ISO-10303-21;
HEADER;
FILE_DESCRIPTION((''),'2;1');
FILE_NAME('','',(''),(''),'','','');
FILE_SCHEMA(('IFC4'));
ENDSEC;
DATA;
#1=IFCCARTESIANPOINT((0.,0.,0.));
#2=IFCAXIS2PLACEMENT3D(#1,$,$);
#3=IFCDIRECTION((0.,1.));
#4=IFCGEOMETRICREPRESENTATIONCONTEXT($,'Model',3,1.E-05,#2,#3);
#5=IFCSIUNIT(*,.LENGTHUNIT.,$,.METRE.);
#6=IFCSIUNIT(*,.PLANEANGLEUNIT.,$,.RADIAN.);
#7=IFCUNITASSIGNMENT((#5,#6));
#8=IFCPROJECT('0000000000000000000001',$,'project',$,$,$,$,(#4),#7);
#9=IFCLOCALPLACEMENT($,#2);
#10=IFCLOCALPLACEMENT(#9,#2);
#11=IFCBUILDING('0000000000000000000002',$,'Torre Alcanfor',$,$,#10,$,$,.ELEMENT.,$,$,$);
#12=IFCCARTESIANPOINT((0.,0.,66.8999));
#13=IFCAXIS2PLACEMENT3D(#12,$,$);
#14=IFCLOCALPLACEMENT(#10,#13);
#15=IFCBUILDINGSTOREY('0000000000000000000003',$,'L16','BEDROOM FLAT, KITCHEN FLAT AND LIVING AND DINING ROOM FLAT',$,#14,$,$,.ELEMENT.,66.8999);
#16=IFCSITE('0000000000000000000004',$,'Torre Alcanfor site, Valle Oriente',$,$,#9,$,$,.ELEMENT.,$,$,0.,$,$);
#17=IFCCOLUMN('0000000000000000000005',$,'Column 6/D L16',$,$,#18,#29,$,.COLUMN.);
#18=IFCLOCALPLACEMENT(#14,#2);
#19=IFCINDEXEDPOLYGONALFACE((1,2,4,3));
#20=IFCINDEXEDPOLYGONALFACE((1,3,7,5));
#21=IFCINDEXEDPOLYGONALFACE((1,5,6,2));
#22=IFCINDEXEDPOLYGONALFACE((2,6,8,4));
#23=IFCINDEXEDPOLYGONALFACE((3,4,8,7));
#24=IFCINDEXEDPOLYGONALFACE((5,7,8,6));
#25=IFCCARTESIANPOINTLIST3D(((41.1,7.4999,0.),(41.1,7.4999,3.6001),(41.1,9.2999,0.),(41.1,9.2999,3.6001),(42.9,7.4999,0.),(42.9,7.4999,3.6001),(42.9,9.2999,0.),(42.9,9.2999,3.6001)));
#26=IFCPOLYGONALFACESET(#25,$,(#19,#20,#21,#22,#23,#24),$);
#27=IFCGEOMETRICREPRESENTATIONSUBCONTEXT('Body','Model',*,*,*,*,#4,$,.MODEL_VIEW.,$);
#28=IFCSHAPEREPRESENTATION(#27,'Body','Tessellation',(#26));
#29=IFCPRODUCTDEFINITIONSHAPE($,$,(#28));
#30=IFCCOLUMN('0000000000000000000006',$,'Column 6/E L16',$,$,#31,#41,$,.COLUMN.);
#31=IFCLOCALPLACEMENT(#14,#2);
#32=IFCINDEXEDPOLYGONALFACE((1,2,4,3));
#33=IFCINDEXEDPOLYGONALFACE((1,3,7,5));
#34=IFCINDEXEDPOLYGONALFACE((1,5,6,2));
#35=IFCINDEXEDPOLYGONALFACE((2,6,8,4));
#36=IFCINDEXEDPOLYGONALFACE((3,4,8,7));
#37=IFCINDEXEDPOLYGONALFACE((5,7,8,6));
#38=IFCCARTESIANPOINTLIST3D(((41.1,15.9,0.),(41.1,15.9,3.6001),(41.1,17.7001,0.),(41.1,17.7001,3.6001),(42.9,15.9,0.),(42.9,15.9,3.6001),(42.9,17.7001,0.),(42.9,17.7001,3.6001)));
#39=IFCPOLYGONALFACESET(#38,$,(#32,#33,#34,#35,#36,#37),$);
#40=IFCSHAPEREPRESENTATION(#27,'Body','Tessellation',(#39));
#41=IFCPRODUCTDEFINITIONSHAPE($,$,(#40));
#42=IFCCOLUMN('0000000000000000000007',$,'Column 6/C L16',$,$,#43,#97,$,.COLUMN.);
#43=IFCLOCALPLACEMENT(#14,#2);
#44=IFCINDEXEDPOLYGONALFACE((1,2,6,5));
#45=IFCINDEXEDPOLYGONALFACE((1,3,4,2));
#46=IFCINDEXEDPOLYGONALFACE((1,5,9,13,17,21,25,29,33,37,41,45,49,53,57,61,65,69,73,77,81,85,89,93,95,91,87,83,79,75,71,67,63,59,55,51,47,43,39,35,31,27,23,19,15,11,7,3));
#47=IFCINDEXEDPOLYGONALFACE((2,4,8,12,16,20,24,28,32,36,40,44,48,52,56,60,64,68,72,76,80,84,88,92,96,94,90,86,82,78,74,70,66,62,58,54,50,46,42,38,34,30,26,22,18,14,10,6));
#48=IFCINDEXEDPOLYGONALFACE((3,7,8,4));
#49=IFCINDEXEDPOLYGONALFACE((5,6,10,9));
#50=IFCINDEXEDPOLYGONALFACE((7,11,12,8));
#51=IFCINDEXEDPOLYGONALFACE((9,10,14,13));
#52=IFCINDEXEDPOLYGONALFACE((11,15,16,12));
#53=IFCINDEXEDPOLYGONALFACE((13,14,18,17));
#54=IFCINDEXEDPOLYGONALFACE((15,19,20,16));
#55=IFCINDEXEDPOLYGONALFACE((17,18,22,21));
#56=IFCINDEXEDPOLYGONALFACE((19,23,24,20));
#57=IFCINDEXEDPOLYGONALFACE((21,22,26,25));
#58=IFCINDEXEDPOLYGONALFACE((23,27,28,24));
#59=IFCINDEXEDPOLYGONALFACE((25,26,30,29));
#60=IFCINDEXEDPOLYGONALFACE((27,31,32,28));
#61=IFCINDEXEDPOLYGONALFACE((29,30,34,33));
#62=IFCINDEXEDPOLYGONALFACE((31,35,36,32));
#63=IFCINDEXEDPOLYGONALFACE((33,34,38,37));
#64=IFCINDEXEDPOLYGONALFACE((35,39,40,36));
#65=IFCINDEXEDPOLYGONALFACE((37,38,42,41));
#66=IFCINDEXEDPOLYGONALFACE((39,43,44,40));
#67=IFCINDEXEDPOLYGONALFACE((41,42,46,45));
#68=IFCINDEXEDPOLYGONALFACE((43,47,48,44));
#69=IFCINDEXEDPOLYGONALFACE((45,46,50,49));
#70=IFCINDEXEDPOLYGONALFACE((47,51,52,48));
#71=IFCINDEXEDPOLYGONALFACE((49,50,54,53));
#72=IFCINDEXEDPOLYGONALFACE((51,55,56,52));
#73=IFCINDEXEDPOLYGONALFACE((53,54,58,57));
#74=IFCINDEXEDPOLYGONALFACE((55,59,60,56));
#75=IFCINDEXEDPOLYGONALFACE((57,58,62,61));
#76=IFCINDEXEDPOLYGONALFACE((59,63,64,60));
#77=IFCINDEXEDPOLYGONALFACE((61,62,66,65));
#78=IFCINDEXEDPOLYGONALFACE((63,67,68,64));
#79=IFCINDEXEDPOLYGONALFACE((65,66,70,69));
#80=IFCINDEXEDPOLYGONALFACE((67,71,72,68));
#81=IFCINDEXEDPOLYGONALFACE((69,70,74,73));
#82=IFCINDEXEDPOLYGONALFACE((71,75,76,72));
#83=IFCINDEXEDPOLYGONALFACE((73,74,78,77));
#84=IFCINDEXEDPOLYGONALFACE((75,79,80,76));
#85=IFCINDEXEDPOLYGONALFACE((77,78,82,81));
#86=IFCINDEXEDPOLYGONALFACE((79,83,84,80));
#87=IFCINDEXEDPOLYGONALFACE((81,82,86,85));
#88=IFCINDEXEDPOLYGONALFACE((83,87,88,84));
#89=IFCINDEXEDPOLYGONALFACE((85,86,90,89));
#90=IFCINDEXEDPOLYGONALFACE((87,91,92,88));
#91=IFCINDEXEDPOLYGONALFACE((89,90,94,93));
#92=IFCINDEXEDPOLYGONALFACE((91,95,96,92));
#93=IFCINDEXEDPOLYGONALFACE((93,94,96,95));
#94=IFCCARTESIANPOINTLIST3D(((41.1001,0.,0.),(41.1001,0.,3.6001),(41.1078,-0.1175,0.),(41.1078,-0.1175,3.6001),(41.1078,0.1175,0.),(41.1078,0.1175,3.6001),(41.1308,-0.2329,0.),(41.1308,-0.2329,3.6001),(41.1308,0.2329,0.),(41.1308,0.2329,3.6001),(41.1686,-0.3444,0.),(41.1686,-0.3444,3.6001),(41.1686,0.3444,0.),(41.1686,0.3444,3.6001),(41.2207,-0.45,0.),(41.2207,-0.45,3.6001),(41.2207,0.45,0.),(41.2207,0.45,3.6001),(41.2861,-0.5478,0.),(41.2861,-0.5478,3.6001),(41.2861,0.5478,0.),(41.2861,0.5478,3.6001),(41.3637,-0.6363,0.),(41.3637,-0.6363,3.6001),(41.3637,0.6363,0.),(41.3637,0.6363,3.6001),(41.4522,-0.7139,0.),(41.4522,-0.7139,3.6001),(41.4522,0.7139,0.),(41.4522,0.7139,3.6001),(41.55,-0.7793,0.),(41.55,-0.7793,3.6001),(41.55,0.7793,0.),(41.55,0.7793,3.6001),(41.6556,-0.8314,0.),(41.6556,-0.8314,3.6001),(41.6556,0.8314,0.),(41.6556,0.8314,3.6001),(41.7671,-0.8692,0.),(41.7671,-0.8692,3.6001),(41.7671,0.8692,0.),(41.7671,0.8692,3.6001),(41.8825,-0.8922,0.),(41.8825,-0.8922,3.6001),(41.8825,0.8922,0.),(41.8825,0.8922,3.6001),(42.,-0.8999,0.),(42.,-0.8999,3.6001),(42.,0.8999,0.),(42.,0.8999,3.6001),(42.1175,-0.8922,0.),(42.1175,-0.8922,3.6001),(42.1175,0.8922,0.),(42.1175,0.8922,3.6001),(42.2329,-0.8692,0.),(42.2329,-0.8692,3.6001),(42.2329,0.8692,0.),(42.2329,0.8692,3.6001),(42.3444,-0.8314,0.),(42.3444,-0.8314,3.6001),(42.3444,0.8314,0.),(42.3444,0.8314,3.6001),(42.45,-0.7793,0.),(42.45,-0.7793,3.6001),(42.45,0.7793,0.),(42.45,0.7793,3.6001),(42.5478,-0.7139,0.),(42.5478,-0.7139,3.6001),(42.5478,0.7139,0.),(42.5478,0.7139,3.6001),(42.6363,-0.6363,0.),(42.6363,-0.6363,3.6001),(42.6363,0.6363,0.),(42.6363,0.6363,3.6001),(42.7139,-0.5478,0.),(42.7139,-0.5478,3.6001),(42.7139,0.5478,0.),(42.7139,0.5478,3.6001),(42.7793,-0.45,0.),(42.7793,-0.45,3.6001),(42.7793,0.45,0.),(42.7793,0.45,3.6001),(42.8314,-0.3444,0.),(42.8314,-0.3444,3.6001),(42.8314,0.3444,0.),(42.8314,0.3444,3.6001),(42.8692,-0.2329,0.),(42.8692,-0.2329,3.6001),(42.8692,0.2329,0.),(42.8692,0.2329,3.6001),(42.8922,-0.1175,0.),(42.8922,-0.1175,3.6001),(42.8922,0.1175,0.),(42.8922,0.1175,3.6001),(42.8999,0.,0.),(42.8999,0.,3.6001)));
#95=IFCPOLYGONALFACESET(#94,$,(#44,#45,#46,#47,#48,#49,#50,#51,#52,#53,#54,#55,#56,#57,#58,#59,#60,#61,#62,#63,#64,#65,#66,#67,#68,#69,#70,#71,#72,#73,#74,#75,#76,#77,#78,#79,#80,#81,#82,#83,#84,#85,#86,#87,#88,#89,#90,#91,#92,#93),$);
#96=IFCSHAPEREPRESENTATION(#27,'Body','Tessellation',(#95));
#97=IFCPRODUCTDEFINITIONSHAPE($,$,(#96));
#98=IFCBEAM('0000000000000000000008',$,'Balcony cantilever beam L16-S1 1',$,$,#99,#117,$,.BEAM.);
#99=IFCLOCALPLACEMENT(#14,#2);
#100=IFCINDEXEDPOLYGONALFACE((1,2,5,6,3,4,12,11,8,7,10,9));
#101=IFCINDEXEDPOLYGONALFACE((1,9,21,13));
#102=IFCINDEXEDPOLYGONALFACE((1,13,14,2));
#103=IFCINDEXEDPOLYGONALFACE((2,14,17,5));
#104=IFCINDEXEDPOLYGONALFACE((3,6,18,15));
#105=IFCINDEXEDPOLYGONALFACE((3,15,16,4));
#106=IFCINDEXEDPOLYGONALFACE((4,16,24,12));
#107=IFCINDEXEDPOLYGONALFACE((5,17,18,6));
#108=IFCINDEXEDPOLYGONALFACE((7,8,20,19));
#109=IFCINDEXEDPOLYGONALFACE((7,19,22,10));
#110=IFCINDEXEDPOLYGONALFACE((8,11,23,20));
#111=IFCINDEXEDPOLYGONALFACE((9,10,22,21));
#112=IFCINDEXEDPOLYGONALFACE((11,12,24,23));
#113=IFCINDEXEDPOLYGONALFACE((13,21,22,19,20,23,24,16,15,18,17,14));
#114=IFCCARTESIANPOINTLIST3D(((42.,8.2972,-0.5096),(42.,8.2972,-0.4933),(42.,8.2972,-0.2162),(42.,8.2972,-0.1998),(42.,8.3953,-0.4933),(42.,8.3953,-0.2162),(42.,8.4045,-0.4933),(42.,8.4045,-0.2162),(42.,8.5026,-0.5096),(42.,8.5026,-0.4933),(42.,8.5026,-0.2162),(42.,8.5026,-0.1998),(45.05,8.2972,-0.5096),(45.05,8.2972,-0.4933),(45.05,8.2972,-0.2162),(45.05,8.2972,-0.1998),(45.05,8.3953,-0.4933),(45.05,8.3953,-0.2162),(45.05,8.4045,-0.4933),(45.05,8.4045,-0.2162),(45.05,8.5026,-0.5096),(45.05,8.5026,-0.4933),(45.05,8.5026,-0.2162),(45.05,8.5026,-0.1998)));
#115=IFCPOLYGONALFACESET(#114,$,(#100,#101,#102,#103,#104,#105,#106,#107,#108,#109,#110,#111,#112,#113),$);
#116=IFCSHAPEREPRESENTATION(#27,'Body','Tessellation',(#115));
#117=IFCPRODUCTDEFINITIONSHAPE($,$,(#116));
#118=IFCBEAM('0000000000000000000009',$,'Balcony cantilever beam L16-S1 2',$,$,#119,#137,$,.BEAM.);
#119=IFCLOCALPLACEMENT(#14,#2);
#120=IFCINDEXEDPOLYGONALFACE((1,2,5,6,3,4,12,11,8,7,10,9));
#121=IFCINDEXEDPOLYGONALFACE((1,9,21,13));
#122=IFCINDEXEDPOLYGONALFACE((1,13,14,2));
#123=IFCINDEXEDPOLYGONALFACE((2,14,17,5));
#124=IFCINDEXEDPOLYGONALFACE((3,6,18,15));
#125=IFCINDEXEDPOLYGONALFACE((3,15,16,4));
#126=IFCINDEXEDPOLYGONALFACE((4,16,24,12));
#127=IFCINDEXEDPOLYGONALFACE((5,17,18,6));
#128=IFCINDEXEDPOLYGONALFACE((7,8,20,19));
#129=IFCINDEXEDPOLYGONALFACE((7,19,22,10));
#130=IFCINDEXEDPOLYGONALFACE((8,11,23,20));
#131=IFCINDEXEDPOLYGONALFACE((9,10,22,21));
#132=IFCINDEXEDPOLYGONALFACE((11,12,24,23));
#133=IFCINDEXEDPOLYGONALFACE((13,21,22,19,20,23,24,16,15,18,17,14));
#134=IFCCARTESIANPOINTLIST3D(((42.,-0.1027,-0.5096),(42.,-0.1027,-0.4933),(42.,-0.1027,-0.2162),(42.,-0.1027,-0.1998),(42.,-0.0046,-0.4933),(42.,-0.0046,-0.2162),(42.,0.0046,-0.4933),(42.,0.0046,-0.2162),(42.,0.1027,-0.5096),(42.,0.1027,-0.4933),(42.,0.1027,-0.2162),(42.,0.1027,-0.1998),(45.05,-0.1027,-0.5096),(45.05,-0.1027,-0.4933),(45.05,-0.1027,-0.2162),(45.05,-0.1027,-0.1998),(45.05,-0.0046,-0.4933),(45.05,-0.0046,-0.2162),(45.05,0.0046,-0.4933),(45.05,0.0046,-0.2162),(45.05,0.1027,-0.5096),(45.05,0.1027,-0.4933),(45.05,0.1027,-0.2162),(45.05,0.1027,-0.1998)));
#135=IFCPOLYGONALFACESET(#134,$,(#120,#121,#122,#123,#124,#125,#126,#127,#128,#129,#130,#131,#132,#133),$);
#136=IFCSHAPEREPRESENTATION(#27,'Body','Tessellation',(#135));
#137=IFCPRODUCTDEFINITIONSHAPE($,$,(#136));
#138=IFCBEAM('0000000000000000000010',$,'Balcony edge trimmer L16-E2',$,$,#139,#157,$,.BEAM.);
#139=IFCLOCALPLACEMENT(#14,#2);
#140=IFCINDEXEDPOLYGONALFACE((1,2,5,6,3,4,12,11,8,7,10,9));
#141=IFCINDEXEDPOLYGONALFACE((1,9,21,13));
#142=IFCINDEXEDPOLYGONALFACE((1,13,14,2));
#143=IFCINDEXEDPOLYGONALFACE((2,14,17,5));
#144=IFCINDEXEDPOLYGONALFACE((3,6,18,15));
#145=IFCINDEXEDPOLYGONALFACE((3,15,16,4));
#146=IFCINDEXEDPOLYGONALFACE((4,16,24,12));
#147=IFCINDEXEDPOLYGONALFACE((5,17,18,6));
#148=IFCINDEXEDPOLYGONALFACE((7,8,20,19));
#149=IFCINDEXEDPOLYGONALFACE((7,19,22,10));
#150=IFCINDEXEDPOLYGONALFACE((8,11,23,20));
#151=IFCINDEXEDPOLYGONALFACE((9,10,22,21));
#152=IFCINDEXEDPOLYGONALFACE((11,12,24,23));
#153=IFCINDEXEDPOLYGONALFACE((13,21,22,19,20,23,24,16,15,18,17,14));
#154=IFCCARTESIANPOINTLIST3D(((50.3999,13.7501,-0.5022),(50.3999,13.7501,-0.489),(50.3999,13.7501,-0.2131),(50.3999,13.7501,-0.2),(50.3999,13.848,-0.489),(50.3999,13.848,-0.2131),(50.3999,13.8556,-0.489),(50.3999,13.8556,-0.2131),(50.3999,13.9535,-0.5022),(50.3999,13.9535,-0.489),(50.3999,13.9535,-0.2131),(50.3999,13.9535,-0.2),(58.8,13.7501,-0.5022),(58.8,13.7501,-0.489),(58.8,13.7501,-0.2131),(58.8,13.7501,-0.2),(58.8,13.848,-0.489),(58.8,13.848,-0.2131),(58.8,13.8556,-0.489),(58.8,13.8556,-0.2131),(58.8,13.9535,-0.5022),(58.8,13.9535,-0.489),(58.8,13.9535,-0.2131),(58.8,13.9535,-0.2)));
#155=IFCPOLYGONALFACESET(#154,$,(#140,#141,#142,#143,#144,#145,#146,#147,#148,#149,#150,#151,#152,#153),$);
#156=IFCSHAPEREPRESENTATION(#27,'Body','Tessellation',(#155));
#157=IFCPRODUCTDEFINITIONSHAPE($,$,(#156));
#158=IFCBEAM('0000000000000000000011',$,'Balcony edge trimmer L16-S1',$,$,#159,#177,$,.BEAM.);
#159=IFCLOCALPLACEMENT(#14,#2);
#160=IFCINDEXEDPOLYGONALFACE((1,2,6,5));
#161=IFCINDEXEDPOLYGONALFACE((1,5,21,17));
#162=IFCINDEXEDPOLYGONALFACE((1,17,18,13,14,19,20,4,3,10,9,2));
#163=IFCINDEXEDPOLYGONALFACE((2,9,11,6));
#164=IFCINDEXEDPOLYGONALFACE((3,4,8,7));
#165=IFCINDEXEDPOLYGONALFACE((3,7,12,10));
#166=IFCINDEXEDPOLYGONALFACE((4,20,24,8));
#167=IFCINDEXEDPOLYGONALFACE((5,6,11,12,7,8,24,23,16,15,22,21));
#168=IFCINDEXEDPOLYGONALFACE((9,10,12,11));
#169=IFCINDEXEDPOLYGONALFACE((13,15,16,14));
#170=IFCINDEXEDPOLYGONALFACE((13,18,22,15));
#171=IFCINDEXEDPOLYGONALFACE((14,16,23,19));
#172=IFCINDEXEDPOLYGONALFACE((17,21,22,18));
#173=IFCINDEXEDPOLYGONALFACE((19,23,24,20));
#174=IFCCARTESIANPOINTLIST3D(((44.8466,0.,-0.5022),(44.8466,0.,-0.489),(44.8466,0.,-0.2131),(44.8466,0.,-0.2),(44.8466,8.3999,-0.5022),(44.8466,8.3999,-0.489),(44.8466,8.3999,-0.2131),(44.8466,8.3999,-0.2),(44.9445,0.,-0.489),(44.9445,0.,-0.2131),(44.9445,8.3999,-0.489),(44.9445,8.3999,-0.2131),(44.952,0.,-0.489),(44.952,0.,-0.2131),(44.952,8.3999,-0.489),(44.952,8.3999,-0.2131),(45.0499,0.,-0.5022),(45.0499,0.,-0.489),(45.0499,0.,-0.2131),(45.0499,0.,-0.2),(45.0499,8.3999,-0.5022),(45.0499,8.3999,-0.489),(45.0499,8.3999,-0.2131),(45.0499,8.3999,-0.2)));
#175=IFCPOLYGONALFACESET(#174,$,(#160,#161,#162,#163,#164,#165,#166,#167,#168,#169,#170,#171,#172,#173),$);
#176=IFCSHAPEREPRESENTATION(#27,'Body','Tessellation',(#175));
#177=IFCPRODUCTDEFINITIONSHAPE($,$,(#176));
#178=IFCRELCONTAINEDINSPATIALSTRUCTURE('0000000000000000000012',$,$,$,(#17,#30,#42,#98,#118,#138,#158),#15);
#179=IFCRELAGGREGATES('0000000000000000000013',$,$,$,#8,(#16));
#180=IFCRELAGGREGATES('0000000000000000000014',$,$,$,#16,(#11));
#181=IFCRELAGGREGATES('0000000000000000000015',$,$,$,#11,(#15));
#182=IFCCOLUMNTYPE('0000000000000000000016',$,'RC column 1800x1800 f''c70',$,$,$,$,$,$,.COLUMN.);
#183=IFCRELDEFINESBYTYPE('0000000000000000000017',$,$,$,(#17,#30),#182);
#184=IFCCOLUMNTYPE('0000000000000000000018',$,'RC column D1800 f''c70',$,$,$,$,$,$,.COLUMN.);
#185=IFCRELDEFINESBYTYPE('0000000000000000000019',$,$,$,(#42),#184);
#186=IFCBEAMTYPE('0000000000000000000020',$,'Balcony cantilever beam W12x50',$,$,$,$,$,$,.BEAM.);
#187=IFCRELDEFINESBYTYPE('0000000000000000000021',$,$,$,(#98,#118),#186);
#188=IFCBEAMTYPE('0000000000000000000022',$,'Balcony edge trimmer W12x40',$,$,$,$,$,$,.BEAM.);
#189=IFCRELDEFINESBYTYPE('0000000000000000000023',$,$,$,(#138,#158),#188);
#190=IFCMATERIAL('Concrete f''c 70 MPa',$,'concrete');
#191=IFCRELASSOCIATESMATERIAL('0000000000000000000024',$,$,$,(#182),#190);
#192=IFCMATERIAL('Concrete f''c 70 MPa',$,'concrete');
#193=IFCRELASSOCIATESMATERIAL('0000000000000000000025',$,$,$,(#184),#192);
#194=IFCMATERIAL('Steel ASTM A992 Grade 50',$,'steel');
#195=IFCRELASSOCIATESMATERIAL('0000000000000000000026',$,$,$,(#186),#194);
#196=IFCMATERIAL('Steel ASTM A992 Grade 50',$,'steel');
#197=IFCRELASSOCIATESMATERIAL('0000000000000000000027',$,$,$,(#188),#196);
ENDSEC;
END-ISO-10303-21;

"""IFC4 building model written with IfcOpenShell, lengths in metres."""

from ifc_helpers import new_model, si_unit, direction, frame, origin, origin_2d, place, context, subcontext, project, spatial, rectangle, circle, i_section, extrude, material, material_profile, profile_set, type_object, element, save


model = new_model("IFC4")

# Units and contexts
model_context = context("Model", 3, precision=1e-05, world=origin(), true_north=direction((0.0, 1.0)))
body_context = subcontext(model_context, "Body", "Model", "MODEL_VIEW")
ifc_project = project(units=[si_unit("LENGTHUNIT", "METRE"), si_unit("PLANEANGLEUNIT", "RADIAN")], contexts=[model_context])

# Site, building, storey
site_placement = place(None, origin())
site = spatial("IfcSite", under=ifc_project, at=site_placement, Name="Torre Alcanfor site, Valle Oriente", CompositionType="ELEMENT", RefElevation=0.0)
building_placement = place(site_placement, origin())
building = spatial("IfcBuilding", under=site, at=building_placement, Name="Torre Alcanfor", CompositionType="ELEMENT")
storey_placement = place(building_placement, frame((0.0, 0.0, 66.8999)))
storey = spatial("IfcBuildingStorey", under=building, at=storey_placement, Name="L16", Description="BEDROOM FLAT, KITCHEN FLAT AND LIVING AND DINING ROOM FLAT", CompositionType="ELEMENT", Elevation=66.8999)

# Columns
ifc_material_1 = material(Name="Concrete f'c 70 MPa", Category="concrete")
ifc_material_profile_1 = material_profile(ifc_material_1, rectangle(XDim=1.8, YDim=1.8, at=origin_2d()), Name="1800x1800")
ifc_profile_set_1 = profile_set([ifc_material_profile_1], Name="Concrete f'c 70 MPa")
column_type_1 = type_object("IfcColumnType", Name="RC column 1800x1800 f'c70", PredefinedType="COLUMN", material=ifc_profile_set_1)
for number, where, z_axis, x_axis, name in (
    (1, (42.0, 8.3999, 0.0), (0.0, 0.0, 1.0), (1.0, 0.0, 0.0), "Column 6/D L16"),
    (2, (42.0, 16.8, 0.0), (0.0, 0.0, 1.0), (1.0, 0.0, 0.0), "Column 6/E L16"),
):
    element("IfcColumn", number, at=place(storey_placement, frame(where, z_axis=z_axis, x_axis=x_axis)), inside=storey, type_object=column_type_1, Name=name, PredefinedType="COLUMN", context=body_context, shape_type="SweptSolid", body=[
        extrude(rectangle(XDim=1.8, YDim=1.8, at=origin_2d()), origin(), (0.0, 0.0, 1.0), 3.6001),
    ])
ifc_material_2 = material(Name="Concrete f'c 70 MPa", Category="concrete")
ifc_material_profile_2 = material_profile(ifc_material_2, circle(Radius=0.8999, at=origin_2d()), Name="D1800")
ifc_profile_set_2 = profile_set([ifc_material_profile_2], Name="Concrete f'c 70 MPa")
column_type_2 = type_object("IfcColumnType", Name="RC column D1800 f'c70", PredefinedType="COLUMN", material=ifc_profile_set_2)
column_placement = place(storey_placement, frame((42.0, 0.0, 0.0), z_axis=(0.0, 0.0, 1.0), x_axis=(1.0, 0.0, 0.0)))
element("IfcColumn", 3, at=column_placement, inside=storey, type_object=column_type_2, Name="Column 6/C L16", PredefinedType="COLUMN", context=body_context, shape_type="SweptSolid", body=[
    extrude(circle(Radius=0.8999, at=origin_2d()), origin(), (0.0, 0.0, 1.0), 3.6001),
])

# Beams
ifc_material_3 = material(Name="Steel ASTM A992 Grade 50", Category="steel")
ifc_material_profile_3 = material_profile(ifc_material_3, i_section(OverallWidth=0.2053, OverallDepth=0.3098, WebThickness=0.0093, FlangeThickness=0.0164, at=origin_2d()), Name="W12x50")
ifc_profile_set_3 = profile_set([ifc_material_profile_3], Name="Steel ASTM A992 Grade 50")
beam_type_1 = type_object("IfcBeamType", Name="Balcony cantilever beam W12x50", PredefinedType="BEAM", material=ifc_profile_set_3)
for number, where, z_axis, x_axis, name in (
    (4, (42.0, 8.3999, -0.3547), (1.0, 0.0, 0.0), (0.0, 1.0, 0.0), "Balcony cantilever beam L16-S1 1"),
    (5, (42.0, 0.0, -0.3547), (1.0, 0.0, 0.0), (0.0, 1.0, 0.0), "Balcony cantilever beam L16-S1 2"),
):
    element("IfcBeam", number, at=place(storey_placement, frame(where, z_axis=z_axis, x_axis=x_axis)), inside=storey, type_object=beam_type_1, Name=name, PredefinedType="BEAM", context=body_context, shape_type="SweptSolid", body=[
        extrude(i_section(OverallWidth=0.2053, OverallDepth=0.3098, WebThickness=0.0093, FlangeThickness=0.0164, at=origin_2d()), origin(), (0.0, 0.0, 1.0), 3.05),
    ])
ifc_material_4 = material(Name="Steel ASTM A992 Grade 50", Category="steel")
ifc_material_profile_4 = material_profile(ifc_material_4, i_section(OverallWidth=0.2034, OverallDepth=0.3022, WebThickness=0.0076, FlangeThickness=0.0132, at=origin_2d()), Name="W12x40")
ifc_profile_set_4 = profile_set([ifc_material_profile_4], Name="Steel ASTM A992 Grade 50")
beam_type_2 = type_object("IfcBeamType", Name="Balcony edge trimmer W12x40", PredefinedType="BEAM", material=ifc_profile_set_4)
beam_1_placement = place(storey_placement, frame((50.3999, 13.8518, -0.3511), z_axis=(1.0, 0.0, 0.0), x_axis=(0.0, 1.0, 0.0)))
element("IfcBeam", 6, at=beam_1_placement, inside=storey, type_object=beam_type_2, Name="Balcony edge trimmer L16-E2", PredefinedType="BEAM", context=body_context, shape_type="SweptSolid", body=[
    extrude(i_section(OverallWidth=0.2034, OverallDepth=0.3022, WebThickness=0.0076, FlangeThickness=0.0132, at=origin_2d()), origin(), (0.0, 0.0, 1.0), 8.4001),
])
beam_2_placement = place(storey_placement, frame((44.9482, 8.3999, -0.3511), z_axis=(0.0, -1.0, 0.0), x_axis=(1.0, 0.0, 0.0)))
element("IfcBeam", 7, at=beam_2_placement, inside=storey, type_object=beam_type_2, Name="Balcony edge trimmer L16-S1", PredefinedType="BEAM", context=body_context, shape_type="SweptSolid", body=[
    extrude(i_section(OverallWidth=0.2034, OverallDepth=0.3022, WebThickness=0.0076, FlangeThickness=0.0132, at=origin_2d()), origin(), (0.0, 0.0, 1.0), 8.3999),
])

save(model, "model.ifc")
